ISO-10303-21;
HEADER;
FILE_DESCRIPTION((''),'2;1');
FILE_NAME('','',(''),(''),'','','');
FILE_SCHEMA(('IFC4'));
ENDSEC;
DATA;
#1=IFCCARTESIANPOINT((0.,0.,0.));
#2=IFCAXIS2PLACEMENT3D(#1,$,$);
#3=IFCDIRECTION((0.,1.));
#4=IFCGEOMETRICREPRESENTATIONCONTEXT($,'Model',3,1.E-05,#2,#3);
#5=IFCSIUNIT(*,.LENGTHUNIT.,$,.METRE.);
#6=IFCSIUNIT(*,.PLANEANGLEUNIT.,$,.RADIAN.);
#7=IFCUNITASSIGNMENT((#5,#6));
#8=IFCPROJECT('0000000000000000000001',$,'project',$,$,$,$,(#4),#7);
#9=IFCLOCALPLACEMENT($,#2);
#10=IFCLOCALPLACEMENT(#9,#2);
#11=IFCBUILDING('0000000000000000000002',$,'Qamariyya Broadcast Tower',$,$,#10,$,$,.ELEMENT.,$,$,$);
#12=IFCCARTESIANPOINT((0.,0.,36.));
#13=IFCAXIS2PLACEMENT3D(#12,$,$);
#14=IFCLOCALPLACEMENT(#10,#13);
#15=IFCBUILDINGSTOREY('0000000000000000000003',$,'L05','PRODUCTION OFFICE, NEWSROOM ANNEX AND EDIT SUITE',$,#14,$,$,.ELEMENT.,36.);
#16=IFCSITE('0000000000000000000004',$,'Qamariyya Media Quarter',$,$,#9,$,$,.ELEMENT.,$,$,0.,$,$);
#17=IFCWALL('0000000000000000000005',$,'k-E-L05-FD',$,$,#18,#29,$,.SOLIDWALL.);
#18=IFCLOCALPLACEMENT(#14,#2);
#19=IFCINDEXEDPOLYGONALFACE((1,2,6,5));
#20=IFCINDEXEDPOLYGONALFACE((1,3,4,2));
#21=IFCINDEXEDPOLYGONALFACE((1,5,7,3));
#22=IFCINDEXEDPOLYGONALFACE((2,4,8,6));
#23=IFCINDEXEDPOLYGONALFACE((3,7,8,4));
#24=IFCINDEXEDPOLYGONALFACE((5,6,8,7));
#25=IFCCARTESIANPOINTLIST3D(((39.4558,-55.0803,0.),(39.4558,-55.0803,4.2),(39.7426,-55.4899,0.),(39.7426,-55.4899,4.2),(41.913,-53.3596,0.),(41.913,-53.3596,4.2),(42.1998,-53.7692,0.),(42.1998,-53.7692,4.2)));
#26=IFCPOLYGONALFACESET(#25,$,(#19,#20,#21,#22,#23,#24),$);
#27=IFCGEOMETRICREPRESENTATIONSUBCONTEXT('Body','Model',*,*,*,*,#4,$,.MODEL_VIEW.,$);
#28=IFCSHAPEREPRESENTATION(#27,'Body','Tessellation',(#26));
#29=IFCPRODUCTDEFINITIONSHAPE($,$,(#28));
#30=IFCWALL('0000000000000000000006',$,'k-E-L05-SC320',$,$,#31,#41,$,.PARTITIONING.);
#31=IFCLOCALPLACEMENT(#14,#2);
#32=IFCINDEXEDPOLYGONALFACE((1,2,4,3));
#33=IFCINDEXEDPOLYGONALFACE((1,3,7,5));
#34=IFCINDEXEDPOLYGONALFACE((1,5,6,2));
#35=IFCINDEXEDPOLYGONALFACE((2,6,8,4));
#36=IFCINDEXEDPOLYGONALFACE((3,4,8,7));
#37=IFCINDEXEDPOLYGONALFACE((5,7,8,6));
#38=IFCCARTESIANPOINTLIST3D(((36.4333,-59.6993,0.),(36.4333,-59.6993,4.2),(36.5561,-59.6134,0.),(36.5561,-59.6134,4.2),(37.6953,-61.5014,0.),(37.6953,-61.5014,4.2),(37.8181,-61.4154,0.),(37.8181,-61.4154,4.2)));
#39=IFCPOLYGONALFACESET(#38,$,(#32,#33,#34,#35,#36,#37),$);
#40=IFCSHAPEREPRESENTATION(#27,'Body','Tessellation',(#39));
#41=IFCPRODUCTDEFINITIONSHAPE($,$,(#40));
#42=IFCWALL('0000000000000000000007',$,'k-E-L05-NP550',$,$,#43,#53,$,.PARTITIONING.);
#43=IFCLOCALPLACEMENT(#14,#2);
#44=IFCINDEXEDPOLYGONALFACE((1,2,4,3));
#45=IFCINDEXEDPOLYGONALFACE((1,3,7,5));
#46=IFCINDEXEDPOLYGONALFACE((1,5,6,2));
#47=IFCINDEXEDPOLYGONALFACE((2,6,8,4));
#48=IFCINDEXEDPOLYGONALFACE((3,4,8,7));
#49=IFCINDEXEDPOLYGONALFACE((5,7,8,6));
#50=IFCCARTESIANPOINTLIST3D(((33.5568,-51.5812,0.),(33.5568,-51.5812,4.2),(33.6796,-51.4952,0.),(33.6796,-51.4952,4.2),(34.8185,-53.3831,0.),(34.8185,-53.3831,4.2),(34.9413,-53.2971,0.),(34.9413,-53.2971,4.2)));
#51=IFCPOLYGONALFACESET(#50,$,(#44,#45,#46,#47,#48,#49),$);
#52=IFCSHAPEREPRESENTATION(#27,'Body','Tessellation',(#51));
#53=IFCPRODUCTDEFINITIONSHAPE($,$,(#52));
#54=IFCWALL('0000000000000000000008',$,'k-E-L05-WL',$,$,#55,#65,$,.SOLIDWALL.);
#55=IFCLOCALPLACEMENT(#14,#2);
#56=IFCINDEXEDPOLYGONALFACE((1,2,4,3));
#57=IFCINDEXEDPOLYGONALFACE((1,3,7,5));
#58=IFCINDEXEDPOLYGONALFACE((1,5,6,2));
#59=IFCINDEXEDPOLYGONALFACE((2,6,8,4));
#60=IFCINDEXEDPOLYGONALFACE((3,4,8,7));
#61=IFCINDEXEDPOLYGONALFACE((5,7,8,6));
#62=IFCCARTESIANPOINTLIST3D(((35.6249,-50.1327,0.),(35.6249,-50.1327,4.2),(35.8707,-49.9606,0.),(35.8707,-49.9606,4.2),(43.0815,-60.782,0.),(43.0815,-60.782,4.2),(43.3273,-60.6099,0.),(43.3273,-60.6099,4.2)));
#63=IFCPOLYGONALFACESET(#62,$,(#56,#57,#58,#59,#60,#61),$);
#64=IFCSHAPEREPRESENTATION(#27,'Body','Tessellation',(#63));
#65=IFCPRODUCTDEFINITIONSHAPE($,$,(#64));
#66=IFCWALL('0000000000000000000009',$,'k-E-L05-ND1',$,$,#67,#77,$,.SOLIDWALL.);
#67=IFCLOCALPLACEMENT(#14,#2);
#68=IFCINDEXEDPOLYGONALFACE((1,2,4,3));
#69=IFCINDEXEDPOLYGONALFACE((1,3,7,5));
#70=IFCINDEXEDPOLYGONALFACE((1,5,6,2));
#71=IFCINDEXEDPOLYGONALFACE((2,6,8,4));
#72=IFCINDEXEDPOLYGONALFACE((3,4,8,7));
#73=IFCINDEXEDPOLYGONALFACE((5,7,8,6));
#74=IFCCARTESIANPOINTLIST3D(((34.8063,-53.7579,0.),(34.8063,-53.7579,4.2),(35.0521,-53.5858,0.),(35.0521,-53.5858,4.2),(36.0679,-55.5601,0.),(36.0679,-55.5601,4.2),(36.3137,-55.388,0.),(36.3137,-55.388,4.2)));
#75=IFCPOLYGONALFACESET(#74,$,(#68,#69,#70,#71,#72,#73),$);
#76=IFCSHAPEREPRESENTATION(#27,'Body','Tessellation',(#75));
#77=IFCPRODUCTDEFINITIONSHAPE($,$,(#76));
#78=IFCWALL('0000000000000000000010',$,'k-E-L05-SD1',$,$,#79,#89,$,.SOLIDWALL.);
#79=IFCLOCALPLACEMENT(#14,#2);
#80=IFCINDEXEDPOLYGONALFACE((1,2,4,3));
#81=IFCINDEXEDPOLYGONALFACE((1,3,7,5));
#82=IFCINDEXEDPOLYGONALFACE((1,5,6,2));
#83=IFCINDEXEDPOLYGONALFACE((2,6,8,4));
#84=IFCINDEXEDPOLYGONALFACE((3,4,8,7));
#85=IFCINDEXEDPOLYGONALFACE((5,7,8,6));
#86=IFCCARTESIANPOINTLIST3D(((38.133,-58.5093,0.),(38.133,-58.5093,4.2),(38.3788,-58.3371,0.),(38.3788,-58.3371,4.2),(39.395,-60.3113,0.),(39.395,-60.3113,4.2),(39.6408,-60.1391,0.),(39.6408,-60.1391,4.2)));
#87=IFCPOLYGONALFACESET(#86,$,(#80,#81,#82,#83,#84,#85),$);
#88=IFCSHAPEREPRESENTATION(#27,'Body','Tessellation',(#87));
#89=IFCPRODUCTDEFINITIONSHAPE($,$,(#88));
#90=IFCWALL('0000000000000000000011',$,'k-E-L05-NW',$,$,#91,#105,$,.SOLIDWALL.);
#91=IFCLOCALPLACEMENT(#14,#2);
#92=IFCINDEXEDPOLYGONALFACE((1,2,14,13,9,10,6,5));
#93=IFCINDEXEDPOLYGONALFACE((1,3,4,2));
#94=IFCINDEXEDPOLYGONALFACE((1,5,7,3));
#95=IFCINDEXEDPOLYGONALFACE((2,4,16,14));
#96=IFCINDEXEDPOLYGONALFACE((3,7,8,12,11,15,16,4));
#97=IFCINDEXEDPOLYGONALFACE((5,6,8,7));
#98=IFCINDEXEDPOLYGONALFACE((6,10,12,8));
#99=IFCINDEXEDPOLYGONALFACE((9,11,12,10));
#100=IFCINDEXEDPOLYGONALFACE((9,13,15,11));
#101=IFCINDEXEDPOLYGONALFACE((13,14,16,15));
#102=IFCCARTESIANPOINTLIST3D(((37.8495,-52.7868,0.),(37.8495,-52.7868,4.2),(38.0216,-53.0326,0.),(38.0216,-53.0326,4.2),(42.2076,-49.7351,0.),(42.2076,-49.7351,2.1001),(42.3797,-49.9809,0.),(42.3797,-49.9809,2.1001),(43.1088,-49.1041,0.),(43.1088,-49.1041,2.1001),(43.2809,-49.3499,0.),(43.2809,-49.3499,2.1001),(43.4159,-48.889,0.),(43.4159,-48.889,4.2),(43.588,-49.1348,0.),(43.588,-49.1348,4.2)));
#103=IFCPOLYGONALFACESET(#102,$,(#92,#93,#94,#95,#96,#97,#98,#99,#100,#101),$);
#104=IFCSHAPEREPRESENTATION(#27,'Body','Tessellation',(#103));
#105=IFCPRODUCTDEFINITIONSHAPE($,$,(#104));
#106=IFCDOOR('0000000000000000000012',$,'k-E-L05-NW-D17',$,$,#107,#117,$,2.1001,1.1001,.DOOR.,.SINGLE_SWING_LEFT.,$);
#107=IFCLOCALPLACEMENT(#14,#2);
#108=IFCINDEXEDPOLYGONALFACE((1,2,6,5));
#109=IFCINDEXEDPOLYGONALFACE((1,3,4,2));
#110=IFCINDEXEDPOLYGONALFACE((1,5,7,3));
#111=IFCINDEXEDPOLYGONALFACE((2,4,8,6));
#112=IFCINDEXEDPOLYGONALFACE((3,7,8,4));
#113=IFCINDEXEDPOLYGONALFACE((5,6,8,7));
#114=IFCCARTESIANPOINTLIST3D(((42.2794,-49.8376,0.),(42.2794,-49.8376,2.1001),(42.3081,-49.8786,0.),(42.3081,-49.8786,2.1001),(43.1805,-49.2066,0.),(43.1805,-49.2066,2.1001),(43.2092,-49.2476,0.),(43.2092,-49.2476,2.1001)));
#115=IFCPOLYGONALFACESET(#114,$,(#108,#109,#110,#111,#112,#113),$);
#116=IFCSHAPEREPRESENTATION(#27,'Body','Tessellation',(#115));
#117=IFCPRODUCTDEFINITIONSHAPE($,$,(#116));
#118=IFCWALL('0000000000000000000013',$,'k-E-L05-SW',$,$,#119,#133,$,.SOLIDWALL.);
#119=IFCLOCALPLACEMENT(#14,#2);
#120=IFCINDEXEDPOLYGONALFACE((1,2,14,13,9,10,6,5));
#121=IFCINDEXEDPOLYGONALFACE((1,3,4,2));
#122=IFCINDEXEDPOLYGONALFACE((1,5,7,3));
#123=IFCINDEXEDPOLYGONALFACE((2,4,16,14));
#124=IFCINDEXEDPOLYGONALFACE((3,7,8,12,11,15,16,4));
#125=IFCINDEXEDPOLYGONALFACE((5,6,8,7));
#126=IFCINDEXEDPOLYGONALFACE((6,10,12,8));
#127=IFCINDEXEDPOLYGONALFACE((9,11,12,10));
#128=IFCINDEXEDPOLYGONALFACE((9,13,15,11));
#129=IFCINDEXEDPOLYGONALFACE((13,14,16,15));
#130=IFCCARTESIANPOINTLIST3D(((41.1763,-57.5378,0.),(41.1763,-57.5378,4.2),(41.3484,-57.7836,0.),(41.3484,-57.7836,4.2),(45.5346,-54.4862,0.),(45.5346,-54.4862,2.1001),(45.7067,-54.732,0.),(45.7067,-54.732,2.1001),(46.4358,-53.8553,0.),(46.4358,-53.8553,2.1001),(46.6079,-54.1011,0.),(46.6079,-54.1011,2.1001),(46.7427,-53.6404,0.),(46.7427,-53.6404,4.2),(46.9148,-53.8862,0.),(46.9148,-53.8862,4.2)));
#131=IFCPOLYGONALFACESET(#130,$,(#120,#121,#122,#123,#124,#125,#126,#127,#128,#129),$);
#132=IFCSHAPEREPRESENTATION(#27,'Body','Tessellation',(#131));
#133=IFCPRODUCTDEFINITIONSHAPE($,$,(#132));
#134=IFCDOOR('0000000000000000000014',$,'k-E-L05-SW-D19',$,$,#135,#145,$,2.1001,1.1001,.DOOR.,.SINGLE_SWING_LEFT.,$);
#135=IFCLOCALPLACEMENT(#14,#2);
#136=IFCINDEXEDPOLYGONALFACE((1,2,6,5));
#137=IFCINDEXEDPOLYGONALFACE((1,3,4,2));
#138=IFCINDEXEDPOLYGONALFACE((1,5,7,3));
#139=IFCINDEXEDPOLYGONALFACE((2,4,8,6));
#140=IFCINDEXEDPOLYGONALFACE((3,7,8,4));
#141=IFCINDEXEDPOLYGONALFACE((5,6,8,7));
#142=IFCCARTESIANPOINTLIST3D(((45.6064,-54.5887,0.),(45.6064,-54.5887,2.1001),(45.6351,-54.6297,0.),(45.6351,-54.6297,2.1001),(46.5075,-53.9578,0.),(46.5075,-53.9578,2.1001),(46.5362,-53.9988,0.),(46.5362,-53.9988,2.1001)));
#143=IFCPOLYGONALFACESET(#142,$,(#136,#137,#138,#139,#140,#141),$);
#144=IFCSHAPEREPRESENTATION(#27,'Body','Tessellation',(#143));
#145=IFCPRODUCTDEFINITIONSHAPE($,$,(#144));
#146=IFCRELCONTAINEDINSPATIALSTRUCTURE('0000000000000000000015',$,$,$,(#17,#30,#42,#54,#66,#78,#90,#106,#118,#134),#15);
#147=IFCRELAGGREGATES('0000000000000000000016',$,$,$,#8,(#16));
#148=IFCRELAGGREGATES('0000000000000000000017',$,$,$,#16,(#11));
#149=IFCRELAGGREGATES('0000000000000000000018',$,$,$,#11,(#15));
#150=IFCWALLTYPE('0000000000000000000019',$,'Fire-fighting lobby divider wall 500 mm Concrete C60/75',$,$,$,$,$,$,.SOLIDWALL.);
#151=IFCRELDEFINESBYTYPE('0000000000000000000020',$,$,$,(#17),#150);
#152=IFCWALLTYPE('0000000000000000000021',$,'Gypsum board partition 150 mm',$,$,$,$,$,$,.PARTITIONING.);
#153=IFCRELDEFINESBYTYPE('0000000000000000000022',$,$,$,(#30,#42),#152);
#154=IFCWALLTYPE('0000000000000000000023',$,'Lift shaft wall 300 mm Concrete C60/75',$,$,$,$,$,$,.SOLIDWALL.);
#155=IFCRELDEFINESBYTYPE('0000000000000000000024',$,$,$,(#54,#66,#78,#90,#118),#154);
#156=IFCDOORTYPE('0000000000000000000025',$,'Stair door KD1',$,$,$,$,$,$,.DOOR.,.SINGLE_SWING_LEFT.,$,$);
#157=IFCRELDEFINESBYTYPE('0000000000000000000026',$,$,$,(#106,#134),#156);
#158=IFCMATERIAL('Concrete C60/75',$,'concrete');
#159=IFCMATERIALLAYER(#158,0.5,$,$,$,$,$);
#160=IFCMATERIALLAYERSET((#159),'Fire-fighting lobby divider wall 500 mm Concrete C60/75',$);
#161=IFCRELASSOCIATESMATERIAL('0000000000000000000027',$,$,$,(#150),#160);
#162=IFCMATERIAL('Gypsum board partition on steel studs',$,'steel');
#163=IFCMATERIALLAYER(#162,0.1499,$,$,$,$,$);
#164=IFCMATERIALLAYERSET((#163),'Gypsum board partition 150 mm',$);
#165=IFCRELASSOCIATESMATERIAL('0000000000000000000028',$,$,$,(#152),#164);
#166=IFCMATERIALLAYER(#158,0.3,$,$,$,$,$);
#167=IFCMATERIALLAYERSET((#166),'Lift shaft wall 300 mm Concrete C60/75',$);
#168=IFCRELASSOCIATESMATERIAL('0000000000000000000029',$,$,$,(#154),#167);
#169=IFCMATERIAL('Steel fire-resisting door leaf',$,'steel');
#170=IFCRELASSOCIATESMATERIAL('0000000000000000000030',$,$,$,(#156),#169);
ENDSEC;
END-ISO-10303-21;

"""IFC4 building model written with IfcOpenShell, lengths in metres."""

from ifc_helpers import new_model, si_unit, direction, frame, frame_2d, origin, place, context, subcontext, project, spatial, rectangle, extrude, material, layer, layer_set, type_object, element, fill, save


model = new_model("IFC4")

# Units and contexts
model_context = context("Model", 3, precision=1e-05, world=origin(), true_north=direction((0.0, 1.0)))
body_context = subcontext(model_context, "Body", "Model", "MODEL_VIEW")
ifc_project = project(units=[si_unit("LENGTHUNIT", "METRE"), si_unit("PLANEANGLEUNIT", "RADIAN")], contexts=[model_context])

# Site, building, storey
site_placement = place(None, origin())
site = spatial("IfcSite", under=ifc_project, at=site_placement, Name="Qamariyya Media Quarter", CompositionType="ELEMENT", RefElevation=0.0)
building_placement = place(site_placement, origin())
building = spatial("IfcBuilding", under=site, at=building_placement, Name="Qamariyya Broadcast Tower", CompositionType="ELEMENT")
storey_placement = place(building_placement, frame((0.0, 0.0, 36.0)))
storey = spatial("IfcBuildingStorey", under=building, at=storey_placement, Name="L05", Description="PRODUCTION OFFICE, NEWSROOM ANNEX AND EDIT SUITE", CompositionType="ELEMENT", Elevation=36.0)

# Walls
ifc_material_1 = material(Name="Concrete C60/75", Category="concrete")
ifc_layer_1 = layer(ifc_material_1, 0.5)
ifc_layer_set_1 = layer_set([ifc_layer_1], Name="Fire-fighting lobby divider wall 500 mm Concrete C60/75")
wall_type_1 = type_object("IfcWallType", Name="Fire-fighting lobby divider wall 500 mm Concrete C60/75", PredefinedType="SOLIDWALL", material=ifc_layer_set_1)
wall_1_placement = place(storey_placement, frame((39.5991, -55.2852, 0.0), z_axis=(0.0, 0.0, 1.0), x_axis=(0.819136, 0.573599, 0.0)))
element("IfcWall", 1, at=wall_1_placement, inside=storey, type_object=wall_type_1, Name="k-E-L05-FD", PredefinedType="SOLIDWALL", context=body_context, shape_type="SweptSolid", body=[
    extrude(rectangle(XDim=2.9998, YDim=0.5, at=frame_2d((1.5, 0.0))), origin(), (0.0, 0.0, 1.0), 4.2),
])
ifc_material_2 = material(Name="Gypsum board partition on steel studs", Category="steel")
ifc_layer_2 = layer(ifc_material_2, 0.1499)
ifc_layer_set_2 = layer_set([ifc_layer_2], Name="Gypsum board partition 150 mm")
wall_type_2 = type_object("IfcWallType", Name="Gypsum board partition 150 mm", PredefinedType="PARTITIONING", material=ifc_layer_set_2)
wall_2_placement = place(storey_placement, frame((36.4946, -59.6562, 0.0), z_axis=(0.0, 0.0, 1.0), x_axis=(0.573634, -0.819112, 0.0)))
element("IfcWall", 2, at=wall_2_placement, inside=storey, type_object=wall_type_2, Name="k-E-L05-SC320", PredefinedType="PARTITIONING", context=body_context, shape_type="SweptSolid", body=[
    extrude(rectangle(XDim=2.2, YDim=0.1499, at=frame_2d((1.1001, 0.0))), origin(), (0.0, 0.0, 1.0), 4.2),
])
wall_3_placement = place(storey_placement, frame((34.8799, -53.3401, 0.0), z_axis=(0.0, 0.0, 1.0), x_axis=(-0.573559, 0.819164, 0.0)))
element("IfcWall", 3, at=wall_3_placement, inside=storey, type_object=wall_type_2, Name="k-E-L05-NP550", PredefinedType="PARTITIONING", context=body_context, shape_type="SweptSolid", body=[
    extrude(rectangle(XDim=2.1997, YDim=0.1499, at=frame_2d((1.0999, 0.0))), origin(), (0.0, 0.0, 1.0), 4.2),
])
ifc_layer_3 = layer(ifc_material_1, 0.3)
ifc_layer_set_3 = layer_set([ifc_layer_3], Name="Lift shaft wall 300 mm Concrete C60/75")
wall_type_3 = type_object("IfcWallType", Name="Lift shaft wall 300 mm Concrete C60/75", PredefinedType="SOLIDWALL", material=ifc_layer_set_3)
wall_4_placement = place(storey_placement, frame((43.2043, -60.6958, 0.0), z_axis=(0.0, 0.0, 1.0), x_axis=(-0.573572, 0.819155, 0.0)))
element("IfcWall", 4, at=wall_4_placement, inside=storey, type_object=wall_type_3, Name="k-E-L05-WL", PredefinedType="SOLIDWALL", context=body_context, shape_type="SweptSolid", body=[
    extrude(rectangle(XDim=13.0002, YDim=0.3, at=frame_2d((6.5, 0.0))), origin(), (0.0, 0.0, 1.0), 4.2),
])
for number, where, z_axis, x_axis, name in (
    (5, (36.1909, -55.4741, 0.0), (0.0, 0.0, 1.0), (-0.573507, 0.819201, 0.0), "k-E-L05-ND1"),
    (6, (38.2559, -58.4231, 0.0), (0.0, 0.0, 1.0), (0.573634, -0.819112, 0.0), "k-E-L05-SD1"),
):
    element("IfcWall", number, at=place(storey_placement, frame(where, z_axis=z_axis, x_axis=x_axis)), inside=storey, type_object=wall_type_3, Name=name, PredefinedType="SOLIDWALL", context=body_context, shape_type="SweptSolid", body=[
        extrude(rectangle(XDim=2.2, YDim=0.3, at=frame_2d((1.1001, 0.0))), origin(), (0.0, 0.0, 1.0), 4.2),
    ])

# Walls, openings, doors
wall_5_placement = place(storey_placement, frame((37.9355, -52.9097, 0.0), z_axis=(0.0, 0.0, 1.0), x_axis=(0.819148, 0.573583, 0.0)))
wall_5 = element("IfcWall", 7, at=wall_5_placement, inside=storey, type_object=wall_type_3, Name="k-E-L05-NW", PredefinedType="SOLIDWALL", context=body_context, shape_type="SweptSolid", body=[
    extrude(rectangle(XDim=6.7954, YDim=0.3, at=frame_2d((3.3977, 0.0))), origin(), (0.0, 0.0, 1.0), 4.2),
])
opening_1_placement = place(wall_5_placement, frame((5.3203, 0.0, 0.0)))
opening_1 = element("IfcOpeningElement", 8, at=opening_1_placement, cuts=wall_5, PredefinedType="OPENING", context=body_context, shape_type="SweptSolid", body=[
    extrude(rectangle(XDim=1.1001, YDim=2.1001, at=frame_2d((0.55, 1.05))), frame((0.0, 0.1599, 0.0), z_axis=(0.0, -1.0, 0.0), x_axis=(1.0, 0.0, 0.0)), (0.0, 0.0, 1.0), 0.3201),
])
ifc_material_3 = material(Name="Steel fire-resisting door leaf", Category="steel")
door_type_1 = type_object("IfcDoorType", Name="Stair door KD1", OperationType="SINGLE_SWING_LEFT", PredefinedType="DOOR", material=ifc_material_3)
door_1_placement = place(opening_1_placement, origin())
door_1 = element("IfcDoor", 9, at=door_1_placement, inside=storey, type_object=door_type_1, Name="k-E-L05-NW-D17", OperationType="SINGLE_SWING_LEFT", OverallHeight=2.1001, OverallWidth=1.1001, PredefinedType="DOOR", context=body_context, shape_type="SweptSolid", body=[
    extrude(rectangle(XDim=1.1001, YDim=2.1001, at=frame_2d((0.55, 1.05))), frame((0.0, 0.0249, 0.0), z_axis=(0.0, -1.0, 0.0), x_axis=(1.0, 0.0, 0.0)), (0.0, 0.0, 1.0), 0.05),
])
fill(opening_1, door_1)
wall_6_placement = place(storey_placement, frame((41.2625, -57.6606, 0.0), z_axis=(0.0, 0.0, 1.0), x_axis=(0.819164, 0.573559, 0.0)))
wall_6 = element("IfcWall", 10, at=wall_6_placement, inside=storey, type_object=wall_type_3, Name="k-E-L05-SW", PredefinedType="SOLIDWALL", context=body_context, shape_type="SweptSolid", body=[
    extrude(rectangle(XDim=6.7952, YDim=0.3, at=frame_2d((3.3975, 0.0))), origin(), (0.0, 0.0, 1.0), 4.2),
])
opening_2_placement = place(wall_6_placement, frame((5.3203, 0.0, 0.0)))
opening_2 = element("IfcOpeningElement", 11, at=opening_2_placement, cuts=wall_6, PredefinedType="OPENING", context=body_context, shape_type="SweptSolid", body=[
    extrude(rectangle(XDim=1.1001, YDim=2.1001, at=frame_2d((0.55, 1.05))), frame((0.0, 0.1599, 0.0), z_axis=(0.0, -1.0, 0.0), x_axis=(1.0, 0.0, 0.0)), (0.0, 0.0, 1.0), 0.3201),
])
door_2_placement = place(opening_2_placement, origin())
door_2 = element("IfcDoor", 12, at=door_2_placement, inside=storey, type_object=door_type_1, Name="k-E-L05-SW-D19", OperationType="SINGLE_SWING_LEFT", OverallHeight=2.1001, OverallWidth=1.1001, PredefinedType="DOOR", context=body_context, shape_type="SweptSolid", body=[
    extrude(rectangle(XDim=1.1001, YDim=2.1001, at=frame_2d((0.55, 1.05))), frame((0.0, 0.0249, 0.0), z_axis=(0.0, -1.0, 0.0), x_axis=(1.0, 0.0, 0.0)), (0.0, 0.0, 1.0), 0.05),
])
fill(opening_2, door_2)

save(model, "model.ifc")
